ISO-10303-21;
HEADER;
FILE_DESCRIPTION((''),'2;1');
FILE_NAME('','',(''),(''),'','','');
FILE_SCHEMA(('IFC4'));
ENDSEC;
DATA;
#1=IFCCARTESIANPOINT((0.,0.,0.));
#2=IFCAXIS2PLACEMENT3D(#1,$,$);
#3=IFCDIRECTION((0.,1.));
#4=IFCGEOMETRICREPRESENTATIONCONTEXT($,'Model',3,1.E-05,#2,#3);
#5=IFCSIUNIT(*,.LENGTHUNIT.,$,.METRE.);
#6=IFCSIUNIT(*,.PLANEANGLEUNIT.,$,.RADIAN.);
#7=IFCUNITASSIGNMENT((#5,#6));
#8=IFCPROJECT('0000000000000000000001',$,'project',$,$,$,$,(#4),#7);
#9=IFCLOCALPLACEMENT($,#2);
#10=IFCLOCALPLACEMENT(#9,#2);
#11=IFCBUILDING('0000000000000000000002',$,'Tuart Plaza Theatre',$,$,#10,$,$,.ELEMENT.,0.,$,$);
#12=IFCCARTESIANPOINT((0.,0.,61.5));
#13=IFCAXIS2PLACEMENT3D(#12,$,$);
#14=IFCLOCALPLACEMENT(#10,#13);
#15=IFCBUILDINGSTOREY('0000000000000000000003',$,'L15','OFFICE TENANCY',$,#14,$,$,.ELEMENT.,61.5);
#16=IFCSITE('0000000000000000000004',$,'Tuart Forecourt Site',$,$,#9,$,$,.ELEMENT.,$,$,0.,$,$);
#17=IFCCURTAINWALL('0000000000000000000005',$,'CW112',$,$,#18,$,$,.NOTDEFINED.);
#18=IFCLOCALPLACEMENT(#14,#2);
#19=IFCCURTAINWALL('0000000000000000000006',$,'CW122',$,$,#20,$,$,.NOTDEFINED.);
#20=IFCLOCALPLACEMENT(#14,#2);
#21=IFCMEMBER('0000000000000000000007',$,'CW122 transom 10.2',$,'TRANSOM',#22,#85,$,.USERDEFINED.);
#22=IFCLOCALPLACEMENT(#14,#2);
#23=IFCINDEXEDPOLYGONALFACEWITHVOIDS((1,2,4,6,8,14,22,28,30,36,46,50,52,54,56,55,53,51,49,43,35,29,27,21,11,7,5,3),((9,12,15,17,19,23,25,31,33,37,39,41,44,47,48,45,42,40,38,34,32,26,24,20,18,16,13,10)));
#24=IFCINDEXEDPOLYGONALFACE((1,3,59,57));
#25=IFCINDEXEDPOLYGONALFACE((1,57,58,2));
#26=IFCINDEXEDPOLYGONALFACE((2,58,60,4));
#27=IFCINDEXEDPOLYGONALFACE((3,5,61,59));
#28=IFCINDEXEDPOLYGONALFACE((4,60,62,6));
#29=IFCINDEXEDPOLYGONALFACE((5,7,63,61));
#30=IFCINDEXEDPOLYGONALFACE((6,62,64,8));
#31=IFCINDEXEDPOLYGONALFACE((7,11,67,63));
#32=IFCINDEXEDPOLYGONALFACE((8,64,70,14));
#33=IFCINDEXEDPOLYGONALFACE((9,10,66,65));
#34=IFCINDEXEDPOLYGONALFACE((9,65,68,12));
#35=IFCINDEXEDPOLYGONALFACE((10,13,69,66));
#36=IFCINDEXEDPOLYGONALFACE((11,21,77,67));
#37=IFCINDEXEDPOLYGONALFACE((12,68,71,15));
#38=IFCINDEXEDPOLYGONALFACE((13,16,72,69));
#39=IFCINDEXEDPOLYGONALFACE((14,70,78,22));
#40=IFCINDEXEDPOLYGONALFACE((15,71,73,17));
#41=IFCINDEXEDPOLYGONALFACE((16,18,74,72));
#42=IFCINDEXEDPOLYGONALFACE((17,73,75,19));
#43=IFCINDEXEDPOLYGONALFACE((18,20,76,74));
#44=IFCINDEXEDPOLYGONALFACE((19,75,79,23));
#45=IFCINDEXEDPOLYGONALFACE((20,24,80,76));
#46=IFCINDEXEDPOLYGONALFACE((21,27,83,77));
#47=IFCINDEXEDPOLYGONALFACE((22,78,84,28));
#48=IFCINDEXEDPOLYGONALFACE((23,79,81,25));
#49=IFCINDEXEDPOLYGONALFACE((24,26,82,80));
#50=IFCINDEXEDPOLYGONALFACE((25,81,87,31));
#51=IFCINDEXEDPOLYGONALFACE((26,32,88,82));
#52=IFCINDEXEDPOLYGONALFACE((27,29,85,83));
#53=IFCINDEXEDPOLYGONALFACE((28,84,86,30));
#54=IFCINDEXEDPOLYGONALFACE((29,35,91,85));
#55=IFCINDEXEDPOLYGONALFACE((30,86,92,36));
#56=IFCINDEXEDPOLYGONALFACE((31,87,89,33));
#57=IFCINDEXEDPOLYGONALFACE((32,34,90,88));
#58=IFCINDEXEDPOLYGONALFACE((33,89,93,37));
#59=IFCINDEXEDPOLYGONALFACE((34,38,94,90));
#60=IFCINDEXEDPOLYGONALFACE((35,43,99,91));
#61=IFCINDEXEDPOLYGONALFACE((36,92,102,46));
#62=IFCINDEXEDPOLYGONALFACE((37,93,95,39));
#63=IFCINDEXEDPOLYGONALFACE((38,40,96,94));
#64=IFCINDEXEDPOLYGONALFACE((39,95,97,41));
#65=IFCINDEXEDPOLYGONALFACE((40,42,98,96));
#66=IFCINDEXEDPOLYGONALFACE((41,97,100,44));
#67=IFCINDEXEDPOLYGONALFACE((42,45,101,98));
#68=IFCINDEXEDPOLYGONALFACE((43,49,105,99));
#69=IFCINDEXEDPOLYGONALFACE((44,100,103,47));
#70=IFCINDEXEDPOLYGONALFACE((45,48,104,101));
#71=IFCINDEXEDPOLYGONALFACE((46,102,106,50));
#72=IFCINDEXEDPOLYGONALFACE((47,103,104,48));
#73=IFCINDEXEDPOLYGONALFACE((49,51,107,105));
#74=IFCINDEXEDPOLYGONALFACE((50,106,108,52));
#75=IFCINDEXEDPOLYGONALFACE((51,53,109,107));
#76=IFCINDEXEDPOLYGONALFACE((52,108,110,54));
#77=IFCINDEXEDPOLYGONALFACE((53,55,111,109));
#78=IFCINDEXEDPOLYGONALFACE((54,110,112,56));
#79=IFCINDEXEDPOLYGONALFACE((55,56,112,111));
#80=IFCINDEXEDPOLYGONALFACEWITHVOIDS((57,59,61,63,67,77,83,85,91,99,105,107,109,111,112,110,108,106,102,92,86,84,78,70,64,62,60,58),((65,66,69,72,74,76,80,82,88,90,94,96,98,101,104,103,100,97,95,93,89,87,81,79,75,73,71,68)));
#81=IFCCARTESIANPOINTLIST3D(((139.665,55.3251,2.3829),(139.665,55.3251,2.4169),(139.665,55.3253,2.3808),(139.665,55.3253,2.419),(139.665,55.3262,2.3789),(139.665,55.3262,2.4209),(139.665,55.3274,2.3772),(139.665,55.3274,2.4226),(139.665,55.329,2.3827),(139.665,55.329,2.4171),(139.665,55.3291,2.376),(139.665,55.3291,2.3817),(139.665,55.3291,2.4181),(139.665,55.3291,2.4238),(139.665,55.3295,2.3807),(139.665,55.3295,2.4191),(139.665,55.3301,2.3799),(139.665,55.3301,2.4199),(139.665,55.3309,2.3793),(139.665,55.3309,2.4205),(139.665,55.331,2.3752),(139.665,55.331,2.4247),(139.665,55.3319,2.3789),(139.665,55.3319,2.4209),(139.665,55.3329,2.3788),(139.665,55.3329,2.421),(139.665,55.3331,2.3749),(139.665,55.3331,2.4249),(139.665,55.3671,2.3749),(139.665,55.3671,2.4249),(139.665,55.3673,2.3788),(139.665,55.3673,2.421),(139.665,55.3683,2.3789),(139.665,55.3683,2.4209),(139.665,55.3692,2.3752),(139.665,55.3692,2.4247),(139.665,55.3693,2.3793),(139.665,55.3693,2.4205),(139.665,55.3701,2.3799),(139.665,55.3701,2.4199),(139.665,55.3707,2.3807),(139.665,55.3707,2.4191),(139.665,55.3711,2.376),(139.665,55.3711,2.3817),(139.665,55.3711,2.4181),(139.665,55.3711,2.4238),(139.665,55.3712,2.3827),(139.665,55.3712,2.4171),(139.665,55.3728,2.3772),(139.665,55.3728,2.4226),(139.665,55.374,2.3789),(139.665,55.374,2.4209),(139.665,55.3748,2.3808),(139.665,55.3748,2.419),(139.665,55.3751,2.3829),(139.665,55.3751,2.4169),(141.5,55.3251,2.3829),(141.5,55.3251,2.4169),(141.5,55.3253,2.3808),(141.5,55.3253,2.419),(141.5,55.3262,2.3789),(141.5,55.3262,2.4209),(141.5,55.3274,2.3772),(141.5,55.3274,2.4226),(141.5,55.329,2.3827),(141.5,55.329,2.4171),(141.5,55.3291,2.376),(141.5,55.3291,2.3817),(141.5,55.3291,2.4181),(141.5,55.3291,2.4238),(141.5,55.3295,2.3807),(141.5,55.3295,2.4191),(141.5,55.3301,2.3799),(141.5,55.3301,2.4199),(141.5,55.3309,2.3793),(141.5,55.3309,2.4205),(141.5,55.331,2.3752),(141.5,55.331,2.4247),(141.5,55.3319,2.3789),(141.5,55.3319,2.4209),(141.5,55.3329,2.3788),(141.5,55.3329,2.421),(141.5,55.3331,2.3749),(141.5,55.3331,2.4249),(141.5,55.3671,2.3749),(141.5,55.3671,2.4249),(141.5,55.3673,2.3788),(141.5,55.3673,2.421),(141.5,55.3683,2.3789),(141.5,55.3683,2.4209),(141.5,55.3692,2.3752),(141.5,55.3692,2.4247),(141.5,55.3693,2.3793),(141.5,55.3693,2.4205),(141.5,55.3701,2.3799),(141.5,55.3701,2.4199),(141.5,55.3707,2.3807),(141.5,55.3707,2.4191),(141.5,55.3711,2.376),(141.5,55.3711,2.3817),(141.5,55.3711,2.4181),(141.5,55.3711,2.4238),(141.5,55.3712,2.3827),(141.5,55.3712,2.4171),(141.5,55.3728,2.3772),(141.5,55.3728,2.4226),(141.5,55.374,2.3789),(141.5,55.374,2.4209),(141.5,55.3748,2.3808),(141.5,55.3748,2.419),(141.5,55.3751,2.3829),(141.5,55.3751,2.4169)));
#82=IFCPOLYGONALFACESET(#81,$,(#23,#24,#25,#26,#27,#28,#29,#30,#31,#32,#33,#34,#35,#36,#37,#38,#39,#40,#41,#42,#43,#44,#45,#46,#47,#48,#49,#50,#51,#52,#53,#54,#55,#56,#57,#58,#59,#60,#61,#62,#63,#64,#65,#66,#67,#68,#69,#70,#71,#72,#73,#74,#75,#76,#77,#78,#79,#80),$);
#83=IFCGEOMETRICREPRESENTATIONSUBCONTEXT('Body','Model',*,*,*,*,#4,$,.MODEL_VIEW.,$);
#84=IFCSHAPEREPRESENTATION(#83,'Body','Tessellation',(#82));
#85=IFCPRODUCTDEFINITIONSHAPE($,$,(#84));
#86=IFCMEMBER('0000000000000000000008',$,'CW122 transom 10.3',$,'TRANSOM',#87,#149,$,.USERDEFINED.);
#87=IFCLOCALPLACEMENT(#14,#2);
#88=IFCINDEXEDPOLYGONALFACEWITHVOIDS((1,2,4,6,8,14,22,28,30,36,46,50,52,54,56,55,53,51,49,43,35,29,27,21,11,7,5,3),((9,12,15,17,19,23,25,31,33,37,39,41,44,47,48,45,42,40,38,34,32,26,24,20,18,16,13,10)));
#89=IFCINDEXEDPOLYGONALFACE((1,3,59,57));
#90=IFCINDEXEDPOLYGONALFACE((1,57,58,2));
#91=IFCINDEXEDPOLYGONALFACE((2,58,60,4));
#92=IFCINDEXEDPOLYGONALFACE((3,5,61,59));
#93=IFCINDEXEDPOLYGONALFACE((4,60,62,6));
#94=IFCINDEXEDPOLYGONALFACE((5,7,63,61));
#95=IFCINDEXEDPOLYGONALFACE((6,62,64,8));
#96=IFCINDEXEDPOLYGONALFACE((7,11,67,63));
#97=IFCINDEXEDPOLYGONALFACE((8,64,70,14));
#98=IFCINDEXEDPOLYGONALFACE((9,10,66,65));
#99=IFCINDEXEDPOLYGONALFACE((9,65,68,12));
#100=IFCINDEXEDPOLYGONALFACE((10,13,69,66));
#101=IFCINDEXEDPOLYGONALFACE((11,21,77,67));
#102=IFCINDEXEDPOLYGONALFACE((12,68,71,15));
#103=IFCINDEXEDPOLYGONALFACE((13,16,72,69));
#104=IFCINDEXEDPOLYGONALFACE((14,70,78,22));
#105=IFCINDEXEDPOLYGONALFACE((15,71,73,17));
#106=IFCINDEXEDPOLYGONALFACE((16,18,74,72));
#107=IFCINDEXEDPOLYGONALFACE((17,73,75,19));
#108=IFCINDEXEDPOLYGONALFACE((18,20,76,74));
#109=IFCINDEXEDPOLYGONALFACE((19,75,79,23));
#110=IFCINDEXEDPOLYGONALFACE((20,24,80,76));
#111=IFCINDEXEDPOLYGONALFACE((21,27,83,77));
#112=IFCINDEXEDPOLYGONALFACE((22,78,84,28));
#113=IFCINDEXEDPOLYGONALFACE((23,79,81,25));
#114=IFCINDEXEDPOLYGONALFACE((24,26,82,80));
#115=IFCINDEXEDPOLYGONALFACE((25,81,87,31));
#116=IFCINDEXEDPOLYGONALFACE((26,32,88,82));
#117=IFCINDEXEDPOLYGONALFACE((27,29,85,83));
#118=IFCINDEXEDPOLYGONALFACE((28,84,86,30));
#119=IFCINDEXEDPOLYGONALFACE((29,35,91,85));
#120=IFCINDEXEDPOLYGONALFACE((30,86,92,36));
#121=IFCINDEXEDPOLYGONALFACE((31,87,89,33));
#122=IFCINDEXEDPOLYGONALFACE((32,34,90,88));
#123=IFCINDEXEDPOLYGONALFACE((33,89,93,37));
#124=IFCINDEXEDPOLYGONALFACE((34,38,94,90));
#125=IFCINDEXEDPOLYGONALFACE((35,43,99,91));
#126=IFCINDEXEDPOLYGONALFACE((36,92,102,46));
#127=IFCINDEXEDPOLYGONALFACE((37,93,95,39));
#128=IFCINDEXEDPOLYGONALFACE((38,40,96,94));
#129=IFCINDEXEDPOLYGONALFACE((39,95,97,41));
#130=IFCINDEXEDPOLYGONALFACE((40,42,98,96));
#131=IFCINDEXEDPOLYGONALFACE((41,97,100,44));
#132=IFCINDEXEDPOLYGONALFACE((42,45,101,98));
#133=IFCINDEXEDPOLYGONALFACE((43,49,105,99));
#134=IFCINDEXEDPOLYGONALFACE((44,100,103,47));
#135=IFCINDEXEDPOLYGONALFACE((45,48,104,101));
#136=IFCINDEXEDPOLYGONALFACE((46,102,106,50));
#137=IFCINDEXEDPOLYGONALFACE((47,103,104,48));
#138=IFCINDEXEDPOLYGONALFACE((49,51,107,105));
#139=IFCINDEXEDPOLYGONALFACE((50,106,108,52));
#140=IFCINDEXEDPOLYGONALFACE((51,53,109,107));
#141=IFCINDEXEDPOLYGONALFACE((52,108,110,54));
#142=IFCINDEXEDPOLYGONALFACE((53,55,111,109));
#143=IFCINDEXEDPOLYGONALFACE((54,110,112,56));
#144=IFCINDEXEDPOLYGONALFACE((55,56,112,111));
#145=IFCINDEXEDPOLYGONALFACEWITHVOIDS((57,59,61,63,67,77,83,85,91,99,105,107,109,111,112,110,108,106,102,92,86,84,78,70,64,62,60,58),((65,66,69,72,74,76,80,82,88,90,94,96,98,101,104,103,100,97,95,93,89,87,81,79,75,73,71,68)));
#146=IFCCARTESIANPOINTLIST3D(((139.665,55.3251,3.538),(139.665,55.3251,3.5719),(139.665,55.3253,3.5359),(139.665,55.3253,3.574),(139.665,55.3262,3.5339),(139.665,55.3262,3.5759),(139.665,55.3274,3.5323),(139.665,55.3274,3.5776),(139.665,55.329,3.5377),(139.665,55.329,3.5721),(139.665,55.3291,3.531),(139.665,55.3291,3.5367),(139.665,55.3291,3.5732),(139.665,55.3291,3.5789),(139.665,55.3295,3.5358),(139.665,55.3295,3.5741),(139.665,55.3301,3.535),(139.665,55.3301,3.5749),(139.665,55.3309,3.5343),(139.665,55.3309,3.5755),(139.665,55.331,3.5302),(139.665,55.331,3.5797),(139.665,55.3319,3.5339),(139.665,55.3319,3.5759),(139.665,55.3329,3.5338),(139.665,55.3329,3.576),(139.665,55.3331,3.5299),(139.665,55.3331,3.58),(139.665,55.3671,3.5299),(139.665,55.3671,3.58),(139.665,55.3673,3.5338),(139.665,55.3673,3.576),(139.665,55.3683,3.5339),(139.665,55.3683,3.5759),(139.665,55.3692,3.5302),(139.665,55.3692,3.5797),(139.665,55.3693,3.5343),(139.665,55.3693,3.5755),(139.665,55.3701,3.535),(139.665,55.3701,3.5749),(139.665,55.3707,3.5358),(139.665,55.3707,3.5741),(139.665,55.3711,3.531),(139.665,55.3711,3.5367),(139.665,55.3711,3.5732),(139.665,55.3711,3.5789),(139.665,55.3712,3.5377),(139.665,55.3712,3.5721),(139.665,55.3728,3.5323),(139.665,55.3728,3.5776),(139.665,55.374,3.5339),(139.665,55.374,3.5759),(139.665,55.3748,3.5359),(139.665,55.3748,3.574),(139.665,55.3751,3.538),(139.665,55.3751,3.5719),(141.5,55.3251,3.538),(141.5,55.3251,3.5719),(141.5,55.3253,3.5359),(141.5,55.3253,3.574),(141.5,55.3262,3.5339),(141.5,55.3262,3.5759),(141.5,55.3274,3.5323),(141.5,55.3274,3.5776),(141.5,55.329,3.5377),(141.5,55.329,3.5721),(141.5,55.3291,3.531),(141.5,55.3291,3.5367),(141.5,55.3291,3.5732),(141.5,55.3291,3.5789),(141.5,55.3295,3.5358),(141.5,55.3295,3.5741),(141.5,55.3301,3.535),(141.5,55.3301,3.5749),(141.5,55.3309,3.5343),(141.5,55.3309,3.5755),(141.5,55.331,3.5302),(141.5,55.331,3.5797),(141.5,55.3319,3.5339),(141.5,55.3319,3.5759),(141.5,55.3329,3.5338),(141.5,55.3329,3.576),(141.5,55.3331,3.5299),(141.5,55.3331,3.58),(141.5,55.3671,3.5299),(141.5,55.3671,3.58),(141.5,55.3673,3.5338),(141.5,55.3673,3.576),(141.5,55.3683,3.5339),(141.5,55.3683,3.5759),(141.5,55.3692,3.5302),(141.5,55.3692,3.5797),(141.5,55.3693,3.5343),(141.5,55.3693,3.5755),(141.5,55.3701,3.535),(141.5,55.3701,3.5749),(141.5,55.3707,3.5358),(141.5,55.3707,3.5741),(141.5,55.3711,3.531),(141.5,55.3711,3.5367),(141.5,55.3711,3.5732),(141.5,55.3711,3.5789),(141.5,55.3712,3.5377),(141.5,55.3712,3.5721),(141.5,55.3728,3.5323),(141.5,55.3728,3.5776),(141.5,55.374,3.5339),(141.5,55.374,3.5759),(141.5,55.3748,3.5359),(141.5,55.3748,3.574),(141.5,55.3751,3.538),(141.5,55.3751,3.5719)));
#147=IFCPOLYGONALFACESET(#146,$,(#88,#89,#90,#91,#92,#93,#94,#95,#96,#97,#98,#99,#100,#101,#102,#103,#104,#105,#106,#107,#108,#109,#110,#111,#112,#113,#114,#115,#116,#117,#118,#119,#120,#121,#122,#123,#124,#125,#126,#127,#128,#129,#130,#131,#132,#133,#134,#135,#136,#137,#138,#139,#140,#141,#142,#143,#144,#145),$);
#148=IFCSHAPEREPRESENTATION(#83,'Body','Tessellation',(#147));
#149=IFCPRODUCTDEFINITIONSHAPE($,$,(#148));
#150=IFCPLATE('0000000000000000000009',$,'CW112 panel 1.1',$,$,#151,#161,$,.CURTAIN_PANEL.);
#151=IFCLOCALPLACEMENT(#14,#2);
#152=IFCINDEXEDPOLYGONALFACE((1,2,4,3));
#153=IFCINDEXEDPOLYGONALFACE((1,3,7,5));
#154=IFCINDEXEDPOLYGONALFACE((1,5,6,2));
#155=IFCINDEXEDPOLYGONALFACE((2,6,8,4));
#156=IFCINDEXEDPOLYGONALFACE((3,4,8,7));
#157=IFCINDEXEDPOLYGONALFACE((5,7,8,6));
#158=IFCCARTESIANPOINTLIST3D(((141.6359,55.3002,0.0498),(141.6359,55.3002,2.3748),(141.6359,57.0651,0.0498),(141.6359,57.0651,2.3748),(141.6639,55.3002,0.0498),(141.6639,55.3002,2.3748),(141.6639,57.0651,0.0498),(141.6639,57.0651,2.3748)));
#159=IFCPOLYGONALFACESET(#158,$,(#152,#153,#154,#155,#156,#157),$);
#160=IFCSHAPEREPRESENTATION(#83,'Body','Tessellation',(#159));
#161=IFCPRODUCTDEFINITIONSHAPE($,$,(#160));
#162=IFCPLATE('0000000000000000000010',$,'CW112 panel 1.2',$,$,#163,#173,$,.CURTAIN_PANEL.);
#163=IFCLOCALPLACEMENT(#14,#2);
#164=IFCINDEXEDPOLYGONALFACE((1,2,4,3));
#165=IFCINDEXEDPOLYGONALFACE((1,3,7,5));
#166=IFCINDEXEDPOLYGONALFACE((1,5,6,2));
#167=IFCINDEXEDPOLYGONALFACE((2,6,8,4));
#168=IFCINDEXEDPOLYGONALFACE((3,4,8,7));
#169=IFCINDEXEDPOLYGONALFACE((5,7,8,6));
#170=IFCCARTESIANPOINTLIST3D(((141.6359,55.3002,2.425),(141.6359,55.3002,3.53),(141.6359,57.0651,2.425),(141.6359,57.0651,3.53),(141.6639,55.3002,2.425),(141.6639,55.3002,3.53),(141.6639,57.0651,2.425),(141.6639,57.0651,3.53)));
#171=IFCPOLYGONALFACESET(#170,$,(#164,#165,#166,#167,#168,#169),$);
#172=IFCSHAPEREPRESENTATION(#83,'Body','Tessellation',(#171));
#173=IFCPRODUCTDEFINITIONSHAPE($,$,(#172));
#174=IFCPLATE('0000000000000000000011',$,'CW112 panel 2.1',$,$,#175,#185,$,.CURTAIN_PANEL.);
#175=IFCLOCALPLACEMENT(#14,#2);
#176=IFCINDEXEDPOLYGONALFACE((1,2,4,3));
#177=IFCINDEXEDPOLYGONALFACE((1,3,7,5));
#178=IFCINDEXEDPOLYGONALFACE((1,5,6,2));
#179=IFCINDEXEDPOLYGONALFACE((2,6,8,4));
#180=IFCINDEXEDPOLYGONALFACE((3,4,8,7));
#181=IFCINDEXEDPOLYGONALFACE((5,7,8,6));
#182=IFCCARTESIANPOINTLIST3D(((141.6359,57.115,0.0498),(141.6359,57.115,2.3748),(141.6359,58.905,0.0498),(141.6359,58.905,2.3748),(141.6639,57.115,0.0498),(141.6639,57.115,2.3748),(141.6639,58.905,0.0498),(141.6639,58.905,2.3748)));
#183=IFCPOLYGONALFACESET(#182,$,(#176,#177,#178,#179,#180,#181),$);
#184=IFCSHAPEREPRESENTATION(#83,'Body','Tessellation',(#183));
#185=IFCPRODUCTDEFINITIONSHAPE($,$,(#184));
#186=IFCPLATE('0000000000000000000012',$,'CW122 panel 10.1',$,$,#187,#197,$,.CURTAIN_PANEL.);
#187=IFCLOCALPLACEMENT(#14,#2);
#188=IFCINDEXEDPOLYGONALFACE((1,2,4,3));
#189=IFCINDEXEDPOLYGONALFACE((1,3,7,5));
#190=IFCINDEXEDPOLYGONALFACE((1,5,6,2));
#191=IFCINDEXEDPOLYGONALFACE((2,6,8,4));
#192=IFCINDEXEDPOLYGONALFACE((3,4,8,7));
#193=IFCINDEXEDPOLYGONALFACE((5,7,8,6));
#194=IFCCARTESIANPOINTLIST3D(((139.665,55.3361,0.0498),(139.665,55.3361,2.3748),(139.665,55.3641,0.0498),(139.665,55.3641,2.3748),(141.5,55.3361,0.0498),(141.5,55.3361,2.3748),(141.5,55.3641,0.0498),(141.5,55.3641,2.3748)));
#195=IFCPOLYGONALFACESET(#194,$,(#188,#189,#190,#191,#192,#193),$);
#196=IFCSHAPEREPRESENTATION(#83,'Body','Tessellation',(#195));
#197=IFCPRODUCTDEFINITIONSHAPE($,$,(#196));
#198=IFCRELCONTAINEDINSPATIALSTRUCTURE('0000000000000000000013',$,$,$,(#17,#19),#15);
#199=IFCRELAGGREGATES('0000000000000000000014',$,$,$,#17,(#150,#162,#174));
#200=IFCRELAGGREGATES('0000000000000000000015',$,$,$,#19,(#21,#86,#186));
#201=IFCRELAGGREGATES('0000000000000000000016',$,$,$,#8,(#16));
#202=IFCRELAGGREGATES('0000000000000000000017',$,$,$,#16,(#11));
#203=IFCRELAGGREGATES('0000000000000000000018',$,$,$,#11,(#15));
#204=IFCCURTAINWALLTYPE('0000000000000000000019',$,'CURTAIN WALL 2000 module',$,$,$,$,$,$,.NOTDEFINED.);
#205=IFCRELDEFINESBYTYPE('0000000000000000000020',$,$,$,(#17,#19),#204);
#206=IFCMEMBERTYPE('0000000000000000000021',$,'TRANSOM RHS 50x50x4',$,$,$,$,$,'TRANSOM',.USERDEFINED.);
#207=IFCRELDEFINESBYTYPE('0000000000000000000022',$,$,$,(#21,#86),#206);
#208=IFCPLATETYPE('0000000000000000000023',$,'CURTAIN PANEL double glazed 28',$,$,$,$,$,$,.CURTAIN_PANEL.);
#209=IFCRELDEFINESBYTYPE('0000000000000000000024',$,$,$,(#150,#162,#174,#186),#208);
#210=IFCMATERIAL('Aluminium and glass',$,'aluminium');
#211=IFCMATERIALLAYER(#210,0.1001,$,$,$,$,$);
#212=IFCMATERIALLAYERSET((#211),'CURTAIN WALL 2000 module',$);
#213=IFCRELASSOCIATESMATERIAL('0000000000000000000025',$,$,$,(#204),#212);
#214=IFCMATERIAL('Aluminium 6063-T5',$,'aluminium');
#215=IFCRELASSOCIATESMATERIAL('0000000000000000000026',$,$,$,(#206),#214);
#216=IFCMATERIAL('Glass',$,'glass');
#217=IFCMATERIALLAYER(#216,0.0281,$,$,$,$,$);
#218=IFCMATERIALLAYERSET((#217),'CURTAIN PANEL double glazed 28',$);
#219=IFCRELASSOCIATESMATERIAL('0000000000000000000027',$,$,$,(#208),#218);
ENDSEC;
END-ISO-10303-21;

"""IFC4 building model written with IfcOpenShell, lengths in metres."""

from ifc_helpers import new_model, si_unit, direction, frame, origin, origin_2d, place, context, subcontext, project, spatial, rectangle, hollow_rectangle, extrude, material, layer, layer_set, material_profile, profile_set, type_object, element, aggregate, save


model = new_model("IFC4")

# Units and contexts
model_context = context("Model", 3, precision=1e-05, world=origin(), true_north=direction((0.0, 1.0)))
body_context = subcontext(model_context, "Body", "Model", "MODEL_VIEW")
ifc_project = project(units=[si_unit("LENGTHUNIT", "METRE"), si_unit("PLANEANGLEUNIT", "RADIAN")], contexts=[model_context])

# Site, building, storey
site_placement = place(None, origin())
site = spatial("IfcSite", under=ifc_project, at=site_placement, Name="Tuart Forecourt Site", CompositionType="ELEMENT", RefElevation=0.0)
building_placement = place(site_placement, origin())
building = spatial("IfcBuilding", under=site, at=building_placement, Name="Tuart Plaza Theatre", CompositionType="ELEMENT", ElevationOfRefHeight=0.0)
storey_placement = place(building_placement, frame((0.0, 0.0, 61.5)))
storey = spatial("IfcBuildingStorey", under=building, at=storey_placement, Name="L15", Description="OFFICE TENANCY", CompositionType="ELEMENT", Elevation=61.5)

# Curtain wall
ifc_material_1 = material(Name="Aluminium and glass", Category="aluminium")
ifc_layer_1 = layer(ifc_material_1, 0.1001)
ifc_layer_set_1 = layer_set([ifc_layer_1], Name="CURTAIN WALL 2000 module")
curtain_wall_type = type_object("IfcCurtainWallType", Name="CURTAIN WALL 2000 module", PredefinedType="NOTDEFINED", material=ifc_layer_set_1)
curtain_wall_1_placement = place(storey_placement, origin())
curtain_wall_1 = element("IfcCurtainWall", 1, at=curtain_wall_1_placement, inside=storey, type_object=curtain_wall_type, Name="CW112", PredefinedType="NOTDEFINED")

# Curtain wall
curtain_wall_2_placement = place(storey_placement, origin())
curtain_wall_2 = element("IfcCurtainWall", 2, at=curtain_wall_2_placement, inside=storey, type_object=curtain_wall_type, Name="CW122", PredefinedType="NOTDEFINED")

# Members
ifc_material_2 = material(Name="Aluminium 6063-T5", Category="aluminium")
ifc_material_profile_1 = material_profile(ifc_material_2, hollow_rectangle(XDim=0.05, YDim=0.05, WallThickness=0.0039, InnerFilletRadius=0.0039, OuterFilletRadius=0.0081, at=origin_2d()), Name="RHS 50x50x4")
ifc_profile_set_1 = profile_set([ifc_material_profile_1], Name="Aluminium 6063-T5")
member_type_1 = type_object("IfcMemberType", Name="TRANSOM RHS 50x50x4", ElementType="TRANSOM", PredefinedType="USERDEFINED", material=ifc_profile_set_1)
member_1_placement = place(storey_placement, frame((139.665, 55.3501, 2.3999), z_axis=(1.0, 0.0, 0.0), x_axis=(0.0, 1.0, 0.0)))
member_1 = element("IfcMember", 3, at=member_1_placement, type_object=member_type_1, Name="CW122 transom 10.2", ObjectType="TRANSOM", PredefinedType="USERDEFINED", context=body_context, shape_type="SweptSolid", body=[
    extrude(hollow_rectangle(XDim=0.05, YDim=0.05, WallThickness=0.0039, InnerFilletRadius=0.0039, OuterFilletRadius=0.0081, at=origin_2d()), origin(), (0.0, 0.0, 1.0), 1.835),
])
member_2_placement = place(storey_placement, frame((139.665, 55.3501, 3.5549), z_axis=(1.0, 0.0, 0.0), x_axis=(0.0, 1.0, 0.0)))
member_2 = element("IfcMember", 4, at=member_2_placement, type_object=member_type_1, Name="CW122 transom 10.3", ObjectType="TRANSOM", PredefinedType="USERDEFINED", context=body_context, shape_type="SweptSolid", body=[
    extrude(hollow_rectangle(XDim=0.05, YDim=0.05, WallThickness=0.0039, InnerFilletRadius=0.0039, OuterFilletRadius=0.0081, at=origin_2d()), origin(), (0.0, 0.0, 1.0), 1.835),
])

# Plates
ifc_material_3 = material(Name="Glass", Category="glass")
ifc_layer_2 = layer(ifc_material_3, 0.0281)
ifc_layer_set_2 = layer_set([ifc_layer_2], Name="CURTAIN PANEL double glazed 28")
plate_type = type_object("IfcPlateType", Name="CURTAIN PANEL double glazed 28", PredefinedType="CURTAIN_PANEL", material=ifc_layer_set_2)
plate_1_placement = place(storey_placement, frame((141.6499, 56.1826, 0.0498), z_axis=(0.0, 0.0, 1.0), x_axis=(0.0, 1.0, 0.0)))
plate_1 = element("IfcPlate", 5, at=plate_1_placement, type_object=plate_type, Name="CW112 panel 1.1", PredefinedType="CURTAIN_PANEL", context=body_context, shape_type="SweptSolid", body=[
    extrude(rectangle(XDim=1.7649, YDim=0.0281, at=origin_2d()), origin(), (0.0, 0.0, 1.0), 2.325),
])
plate_2_placement = place(storey_placement, frame((141.6499, 56.1826, 2.425), z_axis=(0.0, 0.0, 1.0), x_axis=(0.0, 1.0, 0.0)))
plate_2 = element("IfcPlate", 6, at=plate_2_placement, type_object=plate_type, Name="CW112 panel 1.2", PredefinedType="CURTAIN_PANEL", context=body_context, shape_type="SweptSolid", body=[
    extrude(rectangle(XDim=1.7649, YDim=0.0281, at=origin_2d()), origin(), (0.0, 0.0, 1.0), 1.105),
])
plate_3_placement = place(storey_placement, frame((141.6499, 58.01, 0.0498), z_axis=(0.0, 0.0, 1.0), x_axis=(0.0, 1.0, 0.0)))
plate_3 = element("IfcPlate", 7, at=plate_3_placement, type_object=plate_type, Name="CW112 panel 2.1", PredefinedType="CURTAIN_PANEL", context=body_context, shape_type="SweptSolid", body=[
    extrude(rectangle(XDim=1.79, YDim=0.0281, at=origin_2d()), origin(), (0.0, 0.0, 1.0), 2.325),
])
aggregate(curtain_wall_1, [plate_1, plate_2, plate_3])
plate_4_placement = place(storey_placement, frame((140.5825, 55.3501, 0.0498), z_axis=(0.0, 0.0, 1.0), x_axis=(1.0, 0.0, 0.0)))
plate_4 = element("IfcPlate", 8, at=plate_4_placement, type_object=plate_type, Name="CW122 panel 10.1", PredefinedType="CURTAIN_PANEL", context=body_context, shape_type="SweptSolid", body=[
    extrude(rectangle(XDim=1.835, YDim=0.0281, at=origin_2d()), origin(), (0.0, 0.0, 1.0), 2.325),
])
aggregate(curtain_wall_2, [member_1, member_2, plate_4])

save(model, "model.ifc")
